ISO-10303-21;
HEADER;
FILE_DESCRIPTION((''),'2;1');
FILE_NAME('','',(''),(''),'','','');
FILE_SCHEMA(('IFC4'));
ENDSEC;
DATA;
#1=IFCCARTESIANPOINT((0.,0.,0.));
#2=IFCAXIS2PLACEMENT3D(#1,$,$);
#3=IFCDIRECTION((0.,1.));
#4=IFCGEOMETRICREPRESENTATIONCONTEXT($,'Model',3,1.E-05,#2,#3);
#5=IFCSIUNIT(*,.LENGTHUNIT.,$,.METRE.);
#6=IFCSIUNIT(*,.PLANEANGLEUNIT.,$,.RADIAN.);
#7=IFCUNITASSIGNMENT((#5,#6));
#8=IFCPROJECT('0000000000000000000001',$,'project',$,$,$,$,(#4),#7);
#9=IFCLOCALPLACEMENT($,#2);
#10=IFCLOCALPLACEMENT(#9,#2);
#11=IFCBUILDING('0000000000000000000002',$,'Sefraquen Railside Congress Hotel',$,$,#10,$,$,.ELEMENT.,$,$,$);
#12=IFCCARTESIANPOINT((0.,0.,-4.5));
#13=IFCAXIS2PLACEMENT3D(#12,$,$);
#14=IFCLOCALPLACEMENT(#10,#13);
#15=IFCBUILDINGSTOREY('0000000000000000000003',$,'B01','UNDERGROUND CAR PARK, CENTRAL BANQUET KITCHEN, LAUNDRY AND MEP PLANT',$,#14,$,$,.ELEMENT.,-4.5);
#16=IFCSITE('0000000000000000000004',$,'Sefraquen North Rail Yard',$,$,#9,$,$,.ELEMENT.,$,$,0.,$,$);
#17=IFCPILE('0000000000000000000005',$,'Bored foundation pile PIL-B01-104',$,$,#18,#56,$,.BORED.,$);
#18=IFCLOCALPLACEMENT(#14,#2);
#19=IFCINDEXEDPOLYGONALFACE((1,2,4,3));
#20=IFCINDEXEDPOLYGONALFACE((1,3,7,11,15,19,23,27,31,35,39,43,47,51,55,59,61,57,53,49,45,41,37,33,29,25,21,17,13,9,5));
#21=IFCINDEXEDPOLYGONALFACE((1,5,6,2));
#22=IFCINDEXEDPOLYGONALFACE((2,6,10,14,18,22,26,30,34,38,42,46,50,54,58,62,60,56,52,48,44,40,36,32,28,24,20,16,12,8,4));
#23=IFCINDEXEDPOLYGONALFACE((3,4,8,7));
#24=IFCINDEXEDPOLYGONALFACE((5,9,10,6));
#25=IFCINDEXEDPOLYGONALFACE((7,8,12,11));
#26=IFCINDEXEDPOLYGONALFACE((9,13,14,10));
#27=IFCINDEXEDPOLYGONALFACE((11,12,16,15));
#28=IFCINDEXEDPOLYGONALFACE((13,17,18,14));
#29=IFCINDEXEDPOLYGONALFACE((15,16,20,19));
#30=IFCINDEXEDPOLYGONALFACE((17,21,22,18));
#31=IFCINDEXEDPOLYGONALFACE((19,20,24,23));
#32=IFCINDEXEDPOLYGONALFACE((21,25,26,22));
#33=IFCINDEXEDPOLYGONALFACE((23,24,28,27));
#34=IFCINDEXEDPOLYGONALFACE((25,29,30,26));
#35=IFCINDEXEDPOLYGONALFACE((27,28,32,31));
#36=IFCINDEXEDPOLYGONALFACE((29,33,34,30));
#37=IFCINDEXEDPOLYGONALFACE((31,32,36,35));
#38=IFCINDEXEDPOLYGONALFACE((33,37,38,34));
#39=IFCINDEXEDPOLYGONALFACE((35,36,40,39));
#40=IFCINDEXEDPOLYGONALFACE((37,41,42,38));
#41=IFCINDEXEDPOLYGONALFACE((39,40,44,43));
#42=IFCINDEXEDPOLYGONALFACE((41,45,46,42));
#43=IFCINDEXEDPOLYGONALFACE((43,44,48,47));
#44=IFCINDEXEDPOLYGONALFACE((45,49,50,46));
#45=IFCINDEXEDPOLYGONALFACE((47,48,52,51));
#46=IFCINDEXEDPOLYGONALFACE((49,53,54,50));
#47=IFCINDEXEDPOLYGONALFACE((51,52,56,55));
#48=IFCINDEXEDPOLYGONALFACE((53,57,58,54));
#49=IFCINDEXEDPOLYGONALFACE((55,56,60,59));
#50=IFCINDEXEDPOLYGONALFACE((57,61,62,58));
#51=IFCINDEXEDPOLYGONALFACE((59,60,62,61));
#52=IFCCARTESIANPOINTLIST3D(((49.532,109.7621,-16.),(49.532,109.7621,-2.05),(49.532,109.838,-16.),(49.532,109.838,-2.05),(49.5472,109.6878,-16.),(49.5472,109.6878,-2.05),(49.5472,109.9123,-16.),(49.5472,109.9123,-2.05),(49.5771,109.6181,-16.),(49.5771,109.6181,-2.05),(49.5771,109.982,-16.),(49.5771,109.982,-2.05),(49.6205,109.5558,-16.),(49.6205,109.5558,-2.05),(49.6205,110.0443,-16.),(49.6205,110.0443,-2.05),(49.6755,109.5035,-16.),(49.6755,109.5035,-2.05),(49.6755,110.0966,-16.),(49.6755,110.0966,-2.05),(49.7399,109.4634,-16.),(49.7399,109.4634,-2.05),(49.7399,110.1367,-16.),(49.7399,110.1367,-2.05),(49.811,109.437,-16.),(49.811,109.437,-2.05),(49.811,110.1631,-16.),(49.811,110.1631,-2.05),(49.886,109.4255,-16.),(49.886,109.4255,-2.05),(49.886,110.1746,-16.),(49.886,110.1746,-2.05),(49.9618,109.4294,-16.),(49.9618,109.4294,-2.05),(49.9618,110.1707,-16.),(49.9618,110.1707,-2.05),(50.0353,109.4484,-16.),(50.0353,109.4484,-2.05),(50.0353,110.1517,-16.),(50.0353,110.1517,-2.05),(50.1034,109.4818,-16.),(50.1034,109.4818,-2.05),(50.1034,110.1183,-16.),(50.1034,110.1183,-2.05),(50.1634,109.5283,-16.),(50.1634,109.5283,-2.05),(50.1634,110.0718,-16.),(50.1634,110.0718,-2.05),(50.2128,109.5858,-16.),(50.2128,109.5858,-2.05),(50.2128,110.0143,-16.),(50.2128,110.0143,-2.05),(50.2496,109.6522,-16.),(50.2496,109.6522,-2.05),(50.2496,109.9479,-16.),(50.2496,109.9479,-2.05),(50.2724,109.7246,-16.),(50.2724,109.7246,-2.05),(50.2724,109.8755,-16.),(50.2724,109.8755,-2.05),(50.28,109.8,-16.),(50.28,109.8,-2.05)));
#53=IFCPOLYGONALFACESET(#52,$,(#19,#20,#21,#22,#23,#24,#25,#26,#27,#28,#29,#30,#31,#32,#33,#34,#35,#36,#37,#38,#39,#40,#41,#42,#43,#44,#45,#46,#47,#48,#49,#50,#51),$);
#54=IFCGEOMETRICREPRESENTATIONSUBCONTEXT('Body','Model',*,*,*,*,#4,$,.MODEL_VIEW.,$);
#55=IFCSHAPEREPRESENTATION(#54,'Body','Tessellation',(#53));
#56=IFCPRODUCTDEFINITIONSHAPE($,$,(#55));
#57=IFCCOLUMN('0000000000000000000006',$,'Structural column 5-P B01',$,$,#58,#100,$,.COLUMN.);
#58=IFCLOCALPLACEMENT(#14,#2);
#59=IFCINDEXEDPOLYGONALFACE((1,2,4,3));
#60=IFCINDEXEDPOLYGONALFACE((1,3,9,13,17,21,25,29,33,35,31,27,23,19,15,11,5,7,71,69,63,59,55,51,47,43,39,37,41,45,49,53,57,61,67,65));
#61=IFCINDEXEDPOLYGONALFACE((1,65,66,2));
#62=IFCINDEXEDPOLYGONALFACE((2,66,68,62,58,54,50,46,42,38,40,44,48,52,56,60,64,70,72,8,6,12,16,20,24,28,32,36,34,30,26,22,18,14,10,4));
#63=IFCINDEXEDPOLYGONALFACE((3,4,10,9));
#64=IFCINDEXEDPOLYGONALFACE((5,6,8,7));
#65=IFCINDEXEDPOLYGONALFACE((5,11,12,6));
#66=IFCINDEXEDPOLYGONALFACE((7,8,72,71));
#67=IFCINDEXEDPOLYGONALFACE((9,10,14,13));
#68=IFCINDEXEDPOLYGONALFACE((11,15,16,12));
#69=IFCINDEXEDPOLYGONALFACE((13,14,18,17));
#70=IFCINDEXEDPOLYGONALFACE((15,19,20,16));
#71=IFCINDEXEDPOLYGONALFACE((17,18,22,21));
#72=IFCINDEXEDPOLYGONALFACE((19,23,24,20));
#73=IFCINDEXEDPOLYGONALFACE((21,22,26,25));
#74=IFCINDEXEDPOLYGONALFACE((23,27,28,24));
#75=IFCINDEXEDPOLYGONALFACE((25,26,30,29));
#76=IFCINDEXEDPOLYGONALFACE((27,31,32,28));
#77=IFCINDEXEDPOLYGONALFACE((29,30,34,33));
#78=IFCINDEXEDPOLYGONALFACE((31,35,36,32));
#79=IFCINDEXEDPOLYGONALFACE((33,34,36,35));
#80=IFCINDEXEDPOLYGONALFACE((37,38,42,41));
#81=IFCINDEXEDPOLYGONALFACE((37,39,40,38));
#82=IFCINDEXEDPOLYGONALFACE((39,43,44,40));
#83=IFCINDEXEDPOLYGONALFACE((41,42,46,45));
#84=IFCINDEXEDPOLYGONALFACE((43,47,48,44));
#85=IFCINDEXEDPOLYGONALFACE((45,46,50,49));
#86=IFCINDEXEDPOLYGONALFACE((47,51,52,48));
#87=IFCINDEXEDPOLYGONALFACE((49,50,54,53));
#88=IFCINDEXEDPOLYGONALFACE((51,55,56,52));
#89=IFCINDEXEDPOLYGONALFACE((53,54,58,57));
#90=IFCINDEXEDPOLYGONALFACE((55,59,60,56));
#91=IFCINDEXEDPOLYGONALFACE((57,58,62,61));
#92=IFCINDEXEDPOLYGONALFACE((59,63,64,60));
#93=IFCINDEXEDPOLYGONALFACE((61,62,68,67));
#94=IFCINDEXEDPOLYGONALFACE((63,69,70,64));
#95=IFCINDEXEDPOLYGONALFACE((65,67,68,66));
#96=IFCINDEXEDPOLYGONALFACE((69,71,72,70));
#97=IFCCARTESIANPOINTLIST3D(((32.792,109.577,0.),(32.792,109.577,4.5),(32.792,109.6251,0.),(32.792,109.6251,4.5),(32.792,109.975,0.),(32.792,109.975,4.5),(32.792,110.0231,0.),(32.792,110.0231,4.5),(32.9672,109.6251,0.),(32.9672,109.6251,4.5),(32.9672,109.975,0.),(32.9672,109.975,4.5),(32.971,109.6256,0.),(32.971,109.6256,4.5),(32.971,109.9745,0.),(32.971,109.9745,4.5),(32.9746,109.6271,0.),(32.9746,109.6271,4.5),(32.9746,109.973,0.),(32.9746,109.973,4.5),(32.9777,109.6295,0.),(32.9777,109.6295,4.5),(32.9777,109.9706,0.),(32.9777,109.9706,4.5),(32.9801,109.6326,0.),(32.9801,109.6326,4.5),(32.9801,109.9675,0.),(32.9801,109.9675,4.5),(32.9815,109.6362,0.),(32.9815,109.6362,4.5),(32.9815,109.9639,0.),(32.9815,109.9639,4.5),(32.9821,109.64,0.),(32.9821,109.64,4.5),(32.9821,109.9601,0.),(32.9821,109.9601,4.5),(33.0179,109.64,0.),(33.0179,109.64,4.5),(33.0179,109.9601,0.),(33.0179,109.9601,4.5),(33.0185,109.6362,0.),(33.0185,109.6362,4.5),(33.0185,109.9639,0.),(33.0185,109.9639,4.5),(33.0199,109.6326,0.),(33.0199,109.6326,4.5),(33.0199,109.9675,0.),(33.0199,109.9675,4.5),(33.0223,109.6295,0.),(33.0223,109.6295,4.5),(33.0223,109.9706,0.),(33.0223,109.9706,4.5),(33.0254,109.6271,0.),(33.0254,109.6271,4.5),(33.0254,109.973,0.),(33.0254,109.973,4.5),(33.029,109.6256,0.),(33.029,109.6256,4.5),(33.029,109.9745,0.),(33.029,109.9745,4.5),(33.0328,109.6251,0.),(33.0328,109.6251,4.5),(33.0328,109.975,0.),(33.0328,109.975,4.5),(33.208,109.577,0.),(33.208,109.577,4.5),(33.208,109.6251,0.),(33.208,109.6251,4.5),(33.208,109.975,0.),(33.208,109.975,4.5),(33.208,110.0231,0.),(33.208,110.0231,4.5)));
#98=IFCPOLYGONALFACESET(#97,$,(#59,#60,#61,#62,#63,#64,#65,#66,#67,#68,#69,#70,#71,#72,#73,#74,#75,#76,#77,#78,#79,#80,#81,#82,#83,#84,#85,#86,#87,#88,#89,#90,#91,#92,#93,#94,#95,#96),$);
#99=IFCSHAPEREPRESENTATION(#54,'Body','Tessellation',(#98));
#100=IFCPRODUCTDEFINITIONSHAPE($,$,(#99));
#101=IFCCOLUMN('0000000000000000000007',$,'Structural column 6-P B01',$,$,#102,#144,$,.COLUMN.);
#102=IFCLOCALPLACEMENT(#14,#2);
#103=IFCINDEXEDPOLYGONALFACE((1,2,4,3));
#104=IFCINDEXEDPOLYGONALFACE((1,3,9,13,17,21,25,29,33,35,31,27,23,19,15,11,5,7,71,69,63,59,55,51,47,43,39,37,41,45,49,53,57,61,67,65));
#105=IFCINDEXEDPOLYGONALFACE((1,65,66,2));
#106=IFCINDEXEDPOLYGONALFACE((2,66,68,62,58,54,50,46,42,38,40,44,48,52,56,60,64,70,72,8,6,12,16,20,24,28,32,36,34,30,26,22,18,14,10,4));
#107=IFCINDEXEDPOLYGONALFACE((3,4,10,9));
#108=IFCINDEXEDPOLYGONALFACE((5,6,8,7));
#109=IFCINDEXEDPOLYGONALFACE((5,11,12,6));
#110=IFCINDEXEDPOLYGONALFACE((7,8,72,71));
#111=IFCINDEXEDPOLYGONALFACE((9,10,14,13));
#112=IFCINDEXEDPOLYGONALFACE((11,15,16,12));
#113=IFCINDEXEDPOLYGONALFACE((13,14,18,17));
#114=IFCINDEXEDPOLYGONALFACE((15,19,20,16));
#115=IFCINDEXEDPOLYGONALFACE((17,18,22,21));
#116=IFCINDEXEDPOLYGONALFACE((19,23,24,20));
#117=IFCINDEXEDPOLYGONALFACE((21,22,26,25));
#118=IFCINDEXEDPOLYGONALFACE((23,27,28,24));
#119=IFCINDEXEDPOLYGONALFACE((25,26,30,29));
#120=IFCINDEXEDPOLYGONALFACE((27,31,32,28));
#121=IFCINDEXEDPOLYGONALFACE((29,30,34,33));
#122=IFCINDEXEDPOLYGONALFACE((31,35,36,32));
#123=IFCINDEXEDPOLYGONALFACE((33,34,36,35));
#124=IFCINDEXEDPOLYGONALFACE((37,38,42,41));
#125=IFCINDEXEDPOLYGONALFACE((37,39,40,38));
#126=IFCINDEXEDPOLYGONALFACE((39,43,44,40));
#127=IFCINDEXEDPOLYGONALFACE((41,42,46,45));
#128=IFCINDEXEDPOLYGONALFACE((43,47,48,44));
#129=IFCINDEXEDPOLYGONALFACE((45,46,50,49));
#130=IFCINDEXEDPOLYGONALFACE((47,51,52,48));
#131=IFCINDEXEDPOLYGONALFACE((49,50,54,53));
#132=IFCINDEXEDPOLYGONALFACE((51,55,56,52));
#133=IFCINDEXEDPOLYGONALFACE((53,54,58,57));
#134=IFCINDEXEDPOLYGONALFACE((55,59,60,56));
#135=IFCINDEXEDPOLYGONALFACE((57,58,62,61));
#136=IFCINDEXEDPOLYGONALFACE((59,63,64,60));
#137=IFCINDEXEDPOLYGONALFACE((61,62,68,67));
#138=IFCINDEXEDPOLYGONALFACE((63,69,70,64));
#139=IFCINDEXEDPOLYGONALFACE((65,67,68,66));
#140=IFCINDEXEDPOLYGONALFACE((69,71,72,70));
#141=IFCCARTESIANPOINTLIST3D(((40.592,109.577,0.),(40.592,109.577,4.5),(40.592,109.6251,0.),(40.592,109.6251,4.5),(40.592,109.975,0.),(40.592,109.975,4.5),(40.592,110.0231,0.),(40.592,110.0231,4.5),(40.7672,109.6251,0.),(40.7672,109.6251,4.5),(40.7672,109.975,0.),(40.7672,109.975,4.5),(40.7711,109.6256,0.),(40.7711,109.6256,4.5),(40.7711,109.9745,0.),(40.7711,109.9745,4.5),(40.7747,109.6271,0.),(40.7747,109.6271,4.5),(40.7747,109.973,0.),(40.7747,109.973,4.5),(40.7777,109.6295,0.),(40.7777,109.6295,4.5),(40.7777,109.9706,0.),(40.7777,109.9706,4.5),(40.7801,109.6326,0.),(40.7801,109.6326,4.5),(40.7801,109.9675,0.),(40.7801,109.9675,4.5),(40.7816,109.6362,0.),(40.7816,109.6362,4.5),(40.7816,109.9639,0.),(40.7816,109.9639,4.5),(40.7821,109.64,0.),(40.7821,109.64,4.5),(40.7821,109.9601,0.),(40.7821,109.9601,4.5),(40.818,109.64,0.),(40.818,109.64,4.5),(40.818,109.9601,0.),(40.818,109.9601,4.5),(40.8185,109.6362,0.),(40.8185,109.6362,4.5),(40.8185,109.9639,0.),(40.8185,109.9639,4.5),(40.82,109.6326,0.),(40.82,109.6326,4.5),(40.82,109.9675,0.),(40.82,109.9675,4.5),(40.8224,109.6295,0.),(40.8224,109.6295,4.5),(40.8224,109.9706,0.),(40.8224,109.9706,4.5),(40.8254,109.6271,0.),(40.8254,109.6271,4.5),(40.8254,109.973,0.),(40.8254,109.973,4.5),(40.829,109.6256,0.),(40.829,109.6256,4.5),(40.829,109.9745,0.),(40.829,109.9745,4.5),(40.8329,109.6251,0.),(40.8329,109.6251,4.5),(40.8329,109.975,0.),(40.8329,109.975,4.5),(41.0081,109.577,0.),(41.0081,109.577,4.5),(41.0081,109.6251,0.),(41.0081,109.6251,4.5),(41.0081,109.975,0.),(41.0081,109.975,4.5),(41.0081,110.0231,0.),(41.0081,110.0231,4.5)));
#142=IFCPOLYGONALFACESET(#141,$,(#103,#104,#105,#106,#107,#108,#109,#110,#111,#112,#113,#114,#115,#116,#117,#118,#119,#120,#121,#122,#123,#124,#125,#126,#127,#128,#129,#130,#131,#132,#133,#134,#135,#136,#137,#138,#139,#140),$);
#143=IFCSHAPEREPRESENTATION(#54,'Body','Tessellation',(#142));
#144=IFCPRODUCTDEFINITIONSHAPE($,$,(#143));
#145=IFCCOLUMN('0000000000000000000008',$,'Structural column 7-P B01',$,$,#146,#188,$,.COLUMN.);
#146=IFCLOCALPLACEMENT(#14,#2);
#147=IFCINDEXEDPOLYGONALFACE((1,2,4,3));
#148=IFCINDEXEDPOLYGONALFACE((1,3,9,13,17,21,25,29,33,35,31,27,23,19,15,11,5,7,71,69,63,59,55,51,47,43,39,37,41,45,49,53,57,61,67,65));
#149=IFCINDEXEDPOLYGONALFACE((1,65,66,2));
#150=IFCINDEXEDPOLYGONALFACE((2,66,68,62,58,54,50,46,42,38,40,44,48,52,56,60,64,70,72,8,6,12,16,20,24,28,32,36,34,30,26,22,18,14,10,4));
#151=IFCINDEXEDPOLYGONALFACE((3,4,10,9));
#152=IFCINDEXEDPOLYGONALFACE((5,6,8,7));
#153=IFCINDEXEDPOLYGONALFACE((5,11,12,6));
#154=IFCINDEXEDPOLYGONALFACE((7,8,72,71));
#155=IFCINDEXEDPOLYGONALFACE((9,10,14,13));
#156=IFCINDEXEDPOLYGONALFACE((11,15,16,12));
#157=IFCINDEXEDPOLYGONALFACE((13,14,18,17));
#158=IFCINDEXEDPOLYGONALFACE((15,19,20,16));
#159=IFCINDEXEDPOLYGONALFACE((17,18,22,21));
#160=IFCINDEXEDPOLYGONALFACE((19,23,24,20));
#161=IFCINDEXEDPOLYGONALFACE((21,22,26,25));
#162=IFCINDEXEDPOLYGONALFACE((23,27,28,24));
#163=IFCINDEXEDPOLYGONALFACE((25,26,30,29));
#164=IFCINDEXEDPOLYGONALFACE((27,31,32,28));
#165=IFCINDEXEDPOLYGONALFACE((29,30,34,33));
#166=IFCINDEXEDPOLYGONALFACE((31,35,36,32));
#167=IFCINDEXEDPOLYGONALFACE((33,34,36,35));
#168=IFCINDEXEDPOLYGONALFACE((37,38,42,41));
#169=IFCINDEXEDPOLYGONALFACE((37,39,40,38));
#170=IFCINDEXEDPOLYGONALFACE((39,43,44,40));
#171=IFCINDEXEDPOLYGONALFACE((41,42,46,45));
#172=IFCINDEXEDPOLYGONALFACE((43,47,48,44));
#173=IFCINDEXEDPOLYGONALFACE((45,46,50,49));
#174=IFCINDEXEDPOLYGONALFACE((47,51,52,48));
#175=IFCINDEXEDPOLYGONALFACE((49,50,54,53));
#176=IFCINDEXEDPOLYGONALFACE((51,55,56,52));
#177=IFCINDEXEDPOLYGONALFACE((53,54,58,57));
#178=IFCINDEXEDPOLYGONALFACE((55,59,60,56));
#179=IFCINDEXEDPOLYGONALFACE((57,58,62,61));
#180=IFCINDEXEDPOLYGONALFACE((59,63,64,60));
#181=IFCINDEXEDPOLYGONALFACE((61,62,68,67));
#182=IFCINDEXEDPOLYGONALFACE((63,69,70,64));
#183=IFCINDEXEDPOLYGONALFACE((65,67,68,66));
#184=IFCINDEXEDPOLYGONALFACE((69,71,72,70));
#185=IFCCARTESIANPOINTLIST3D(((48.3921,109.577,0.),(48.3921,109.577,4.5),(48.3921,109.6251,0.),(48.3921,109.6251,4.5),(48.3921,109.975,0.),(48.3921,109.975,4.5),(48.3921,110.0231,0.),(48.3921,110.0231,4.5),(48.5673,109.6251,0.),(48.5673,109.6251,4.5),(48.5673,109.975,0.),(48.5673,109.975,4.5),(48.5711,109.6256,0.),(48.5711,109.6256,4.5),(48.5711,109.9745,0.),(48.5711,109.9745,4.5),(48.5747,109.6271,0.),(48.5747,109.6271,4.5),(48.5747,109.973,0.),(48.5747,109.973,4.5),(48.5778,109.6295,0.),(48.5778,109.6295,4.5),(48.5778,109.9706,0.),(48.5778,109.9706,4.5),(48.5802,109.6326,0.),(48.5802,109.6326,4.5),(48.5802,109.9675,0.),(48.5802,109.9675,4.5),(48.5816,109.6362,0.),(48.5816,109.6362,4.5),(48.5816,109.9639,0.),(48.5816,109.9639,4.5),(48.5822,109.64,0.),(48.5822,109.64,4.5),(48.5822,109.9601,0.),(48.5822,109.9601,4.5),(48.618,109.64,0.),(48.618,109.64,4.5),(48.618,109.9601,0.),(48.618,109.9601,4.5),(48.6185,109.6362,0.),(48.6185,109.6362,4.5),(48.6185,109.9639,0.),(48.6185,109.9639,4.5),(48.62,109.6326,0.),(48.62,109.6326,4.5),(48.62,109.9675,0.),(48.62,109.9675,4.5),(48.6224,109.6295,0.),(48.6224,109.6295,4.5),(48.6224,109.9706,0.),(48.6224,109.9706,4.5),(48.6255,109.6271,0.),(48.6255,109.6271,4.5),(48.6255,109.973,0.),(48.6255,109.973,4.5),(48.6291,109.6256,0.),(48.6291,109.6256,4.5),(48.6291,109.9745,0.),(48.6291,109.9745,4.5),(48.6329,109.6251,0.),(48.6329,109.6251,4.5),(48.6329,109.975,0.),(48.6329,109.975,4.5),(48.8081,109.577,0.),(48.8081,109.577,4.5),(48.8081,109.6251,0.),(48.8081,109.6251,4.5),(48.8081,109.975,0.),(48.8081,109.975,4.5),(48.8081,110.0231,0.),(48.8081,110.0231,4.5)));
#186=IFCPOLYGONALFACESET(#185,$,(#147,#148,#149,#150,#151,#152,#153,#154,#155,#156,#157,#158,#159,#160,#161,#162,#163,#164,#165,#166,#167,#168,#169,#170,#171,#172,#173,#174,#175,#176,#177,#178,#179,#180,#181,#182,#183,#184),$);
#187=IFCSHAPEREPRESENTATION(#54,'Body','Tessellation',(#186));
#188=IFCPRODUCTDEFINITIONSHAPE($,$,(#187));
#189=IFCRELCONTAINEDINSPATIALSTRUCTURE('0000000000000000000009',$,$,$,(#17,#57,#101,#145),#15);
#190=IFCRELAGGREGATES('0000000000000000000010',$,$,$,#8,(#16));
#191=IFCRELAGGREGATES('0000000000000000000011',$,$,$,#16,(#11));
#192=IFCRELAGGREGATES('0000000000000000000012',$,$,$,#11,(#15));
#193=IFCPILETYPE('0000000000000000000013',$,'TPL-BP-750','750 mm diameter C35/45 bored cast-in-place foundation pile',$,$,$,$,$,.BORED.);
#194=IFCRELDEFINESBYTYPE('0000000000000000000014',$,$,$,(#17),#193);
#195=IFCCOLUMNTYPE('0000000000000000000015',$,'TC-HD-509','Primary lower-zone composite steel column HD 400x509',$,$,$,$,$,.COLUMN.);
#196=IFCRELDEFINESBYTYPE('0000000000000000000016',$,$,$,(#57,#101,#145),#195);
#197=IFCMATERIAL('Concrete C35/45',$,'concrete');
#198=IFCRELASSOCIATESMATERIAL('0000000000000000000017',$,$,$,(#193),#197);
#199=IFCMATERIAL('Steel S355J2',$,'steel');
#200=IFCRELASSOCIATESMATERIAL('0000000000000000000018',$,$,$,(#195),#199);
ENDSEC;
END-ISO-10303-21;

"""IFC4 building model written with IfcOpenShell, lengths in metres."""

from ifc_helpers import new_model, si_unit, direction, frame, origin, origin_2d, place, context, subcontext, project, spatial, circle, i_section, extrude, material, material_profile, profile_set, type_object, element, save


model = new_model("IFC4")

# Units and contexts
model_context = context("Model", 3, precision=1e-05, world=origin(), true_north=direction((0.0, 1.0)))
body_context = subcontext(model_context, "Body", "Model", "MODEL_VIEW")
ifc_project = project(units=[si_unit("LENGTHUNIT", "METRE"), si_unit("PLANEANGLEUNIT", "RADIAN")], contexts=[model_context])

# Site, building, storey
site_placement = place(None, origin())
site = spatial("IfcSite", under=ifc_project, at=site_placement, Name="Sefraquen North Rail Yard", CompositionType="ELEMENT", RefElevation=0.0)
building_placement = place(site_placement, origin())
building = spatial("IfcBuilding", under=site, at=building_placement, Name="Sefraquen Railside Congress Hotel", CompositionType="ELEMENT")
storey_placement = place(building_placement, frame((0.0, 0.0, -4.5)))
storey = spatial("IfcBuildingStorey", under=building, at=storey_placement, Name="B01", Description="UNDERGROUND CAR PARK, CENTRAL BANQUET KITCHEN, LAUNDRY AND MEP PLANT", CompositionType="ELEMENT", Elevation=-4.5)

# Pile
ifc_material_1 = material(Name="Concrete C35/45", Category="concrete")
ifc_material_profile_1 = material_profile(ifc_material_1, circle(Radius=0.375, at=origin_2d()), Name="BORED PILE 750")
ifc_profile_set_1 = profile_set([ifc_material_profile_1], Name="Concrete C35/45")
pile_type_1 = type_object("IfcPileType", Name="TPL-BP-750", Description="750 mm diameter C35/45 bored cast-in-place foundation pile", PredefinedType="BORED", material=ifc_profile_set_1)
for number, where, z_axis, x_axis, name in (
    (1, (49.905, 109.8, -2.05), (0.0, 0.0, -1.0), (1.0, 0.0, 0.0), "Bored foundation pile PIL-B01-104"),
):
    element("IfcPile", number, at=place(storey_placement, frame(where, z_axis=z_axis, x_axis=x_axis)), inside=storey, type_object=pile_type_1, Name=name, PredefinedType="BORED", context=body_context, shape_type="SweptSolid", body=[
        extrude(circle(Radius=0.375, at=origin_2d()), origin(), (0.0, 0.0, 1.0), 13.95),
    ])

# Columns
ifc_material_2 = material(Name="Steel S355J2", Category="steel")
ifc_material_profile_2 = material_profile(ifc_material_2, i_section(OverallWidth=0.416, OverallDepth=0.446, WebThickness=0.0359, FlangeThickness=0.0481, FilletRadius=0.0149, at=origin_2d()), Name="HD 400x509")
ifc_profile_set_2 = profile_set([ifc_material_profile_2], Name="Steel S355J2")
column_type_1 = type_object("IfcColumnType", Name="TC-HD-509", Description="Primary lower-zone composite steel column HD 400x509", PredefinedType="COLUMN", material=ifc_profile_set_2)
for number, where, z_axis, x_axis, name in (
    (2, (33.0, 109.8, 0.0), (0.0, 0.0, 1.0), (1.0, 0.0, 0.0), "Structural column 5-P B01"),
    (3, (40.8, 109.8, 0.0), (0.0, 0.0, 1.0), (1.0, 0.0, 0.0), "Structural column 6-P B01"),
    (4, (48.6001, 109.8, 0.0), (0.0, 0.0, 1.0), (1.0, 0.0, 0.0), "Structural column 7-P B01"),
):
    element("IfcColumn", number, at=place(storey_placement, frame(where, z_axis=z_axis, x_axis=x_axis)), inside=storey, type_object=column_type_1, Name=name, PredefinedType="COLUMN", context=body_context, shape_type="SweptSolid", body=[
        extrude(i_section(OverallWidth=0.416, OverallDepth=0.446, WebThickness=0.0359, FlangeThickness=0.0481, FilletRadius=0.0149, at=origin_2d()), origin(), (0.0, 0.0, 1.0), 4.5),
    ])

save(model, "model.ifc")
